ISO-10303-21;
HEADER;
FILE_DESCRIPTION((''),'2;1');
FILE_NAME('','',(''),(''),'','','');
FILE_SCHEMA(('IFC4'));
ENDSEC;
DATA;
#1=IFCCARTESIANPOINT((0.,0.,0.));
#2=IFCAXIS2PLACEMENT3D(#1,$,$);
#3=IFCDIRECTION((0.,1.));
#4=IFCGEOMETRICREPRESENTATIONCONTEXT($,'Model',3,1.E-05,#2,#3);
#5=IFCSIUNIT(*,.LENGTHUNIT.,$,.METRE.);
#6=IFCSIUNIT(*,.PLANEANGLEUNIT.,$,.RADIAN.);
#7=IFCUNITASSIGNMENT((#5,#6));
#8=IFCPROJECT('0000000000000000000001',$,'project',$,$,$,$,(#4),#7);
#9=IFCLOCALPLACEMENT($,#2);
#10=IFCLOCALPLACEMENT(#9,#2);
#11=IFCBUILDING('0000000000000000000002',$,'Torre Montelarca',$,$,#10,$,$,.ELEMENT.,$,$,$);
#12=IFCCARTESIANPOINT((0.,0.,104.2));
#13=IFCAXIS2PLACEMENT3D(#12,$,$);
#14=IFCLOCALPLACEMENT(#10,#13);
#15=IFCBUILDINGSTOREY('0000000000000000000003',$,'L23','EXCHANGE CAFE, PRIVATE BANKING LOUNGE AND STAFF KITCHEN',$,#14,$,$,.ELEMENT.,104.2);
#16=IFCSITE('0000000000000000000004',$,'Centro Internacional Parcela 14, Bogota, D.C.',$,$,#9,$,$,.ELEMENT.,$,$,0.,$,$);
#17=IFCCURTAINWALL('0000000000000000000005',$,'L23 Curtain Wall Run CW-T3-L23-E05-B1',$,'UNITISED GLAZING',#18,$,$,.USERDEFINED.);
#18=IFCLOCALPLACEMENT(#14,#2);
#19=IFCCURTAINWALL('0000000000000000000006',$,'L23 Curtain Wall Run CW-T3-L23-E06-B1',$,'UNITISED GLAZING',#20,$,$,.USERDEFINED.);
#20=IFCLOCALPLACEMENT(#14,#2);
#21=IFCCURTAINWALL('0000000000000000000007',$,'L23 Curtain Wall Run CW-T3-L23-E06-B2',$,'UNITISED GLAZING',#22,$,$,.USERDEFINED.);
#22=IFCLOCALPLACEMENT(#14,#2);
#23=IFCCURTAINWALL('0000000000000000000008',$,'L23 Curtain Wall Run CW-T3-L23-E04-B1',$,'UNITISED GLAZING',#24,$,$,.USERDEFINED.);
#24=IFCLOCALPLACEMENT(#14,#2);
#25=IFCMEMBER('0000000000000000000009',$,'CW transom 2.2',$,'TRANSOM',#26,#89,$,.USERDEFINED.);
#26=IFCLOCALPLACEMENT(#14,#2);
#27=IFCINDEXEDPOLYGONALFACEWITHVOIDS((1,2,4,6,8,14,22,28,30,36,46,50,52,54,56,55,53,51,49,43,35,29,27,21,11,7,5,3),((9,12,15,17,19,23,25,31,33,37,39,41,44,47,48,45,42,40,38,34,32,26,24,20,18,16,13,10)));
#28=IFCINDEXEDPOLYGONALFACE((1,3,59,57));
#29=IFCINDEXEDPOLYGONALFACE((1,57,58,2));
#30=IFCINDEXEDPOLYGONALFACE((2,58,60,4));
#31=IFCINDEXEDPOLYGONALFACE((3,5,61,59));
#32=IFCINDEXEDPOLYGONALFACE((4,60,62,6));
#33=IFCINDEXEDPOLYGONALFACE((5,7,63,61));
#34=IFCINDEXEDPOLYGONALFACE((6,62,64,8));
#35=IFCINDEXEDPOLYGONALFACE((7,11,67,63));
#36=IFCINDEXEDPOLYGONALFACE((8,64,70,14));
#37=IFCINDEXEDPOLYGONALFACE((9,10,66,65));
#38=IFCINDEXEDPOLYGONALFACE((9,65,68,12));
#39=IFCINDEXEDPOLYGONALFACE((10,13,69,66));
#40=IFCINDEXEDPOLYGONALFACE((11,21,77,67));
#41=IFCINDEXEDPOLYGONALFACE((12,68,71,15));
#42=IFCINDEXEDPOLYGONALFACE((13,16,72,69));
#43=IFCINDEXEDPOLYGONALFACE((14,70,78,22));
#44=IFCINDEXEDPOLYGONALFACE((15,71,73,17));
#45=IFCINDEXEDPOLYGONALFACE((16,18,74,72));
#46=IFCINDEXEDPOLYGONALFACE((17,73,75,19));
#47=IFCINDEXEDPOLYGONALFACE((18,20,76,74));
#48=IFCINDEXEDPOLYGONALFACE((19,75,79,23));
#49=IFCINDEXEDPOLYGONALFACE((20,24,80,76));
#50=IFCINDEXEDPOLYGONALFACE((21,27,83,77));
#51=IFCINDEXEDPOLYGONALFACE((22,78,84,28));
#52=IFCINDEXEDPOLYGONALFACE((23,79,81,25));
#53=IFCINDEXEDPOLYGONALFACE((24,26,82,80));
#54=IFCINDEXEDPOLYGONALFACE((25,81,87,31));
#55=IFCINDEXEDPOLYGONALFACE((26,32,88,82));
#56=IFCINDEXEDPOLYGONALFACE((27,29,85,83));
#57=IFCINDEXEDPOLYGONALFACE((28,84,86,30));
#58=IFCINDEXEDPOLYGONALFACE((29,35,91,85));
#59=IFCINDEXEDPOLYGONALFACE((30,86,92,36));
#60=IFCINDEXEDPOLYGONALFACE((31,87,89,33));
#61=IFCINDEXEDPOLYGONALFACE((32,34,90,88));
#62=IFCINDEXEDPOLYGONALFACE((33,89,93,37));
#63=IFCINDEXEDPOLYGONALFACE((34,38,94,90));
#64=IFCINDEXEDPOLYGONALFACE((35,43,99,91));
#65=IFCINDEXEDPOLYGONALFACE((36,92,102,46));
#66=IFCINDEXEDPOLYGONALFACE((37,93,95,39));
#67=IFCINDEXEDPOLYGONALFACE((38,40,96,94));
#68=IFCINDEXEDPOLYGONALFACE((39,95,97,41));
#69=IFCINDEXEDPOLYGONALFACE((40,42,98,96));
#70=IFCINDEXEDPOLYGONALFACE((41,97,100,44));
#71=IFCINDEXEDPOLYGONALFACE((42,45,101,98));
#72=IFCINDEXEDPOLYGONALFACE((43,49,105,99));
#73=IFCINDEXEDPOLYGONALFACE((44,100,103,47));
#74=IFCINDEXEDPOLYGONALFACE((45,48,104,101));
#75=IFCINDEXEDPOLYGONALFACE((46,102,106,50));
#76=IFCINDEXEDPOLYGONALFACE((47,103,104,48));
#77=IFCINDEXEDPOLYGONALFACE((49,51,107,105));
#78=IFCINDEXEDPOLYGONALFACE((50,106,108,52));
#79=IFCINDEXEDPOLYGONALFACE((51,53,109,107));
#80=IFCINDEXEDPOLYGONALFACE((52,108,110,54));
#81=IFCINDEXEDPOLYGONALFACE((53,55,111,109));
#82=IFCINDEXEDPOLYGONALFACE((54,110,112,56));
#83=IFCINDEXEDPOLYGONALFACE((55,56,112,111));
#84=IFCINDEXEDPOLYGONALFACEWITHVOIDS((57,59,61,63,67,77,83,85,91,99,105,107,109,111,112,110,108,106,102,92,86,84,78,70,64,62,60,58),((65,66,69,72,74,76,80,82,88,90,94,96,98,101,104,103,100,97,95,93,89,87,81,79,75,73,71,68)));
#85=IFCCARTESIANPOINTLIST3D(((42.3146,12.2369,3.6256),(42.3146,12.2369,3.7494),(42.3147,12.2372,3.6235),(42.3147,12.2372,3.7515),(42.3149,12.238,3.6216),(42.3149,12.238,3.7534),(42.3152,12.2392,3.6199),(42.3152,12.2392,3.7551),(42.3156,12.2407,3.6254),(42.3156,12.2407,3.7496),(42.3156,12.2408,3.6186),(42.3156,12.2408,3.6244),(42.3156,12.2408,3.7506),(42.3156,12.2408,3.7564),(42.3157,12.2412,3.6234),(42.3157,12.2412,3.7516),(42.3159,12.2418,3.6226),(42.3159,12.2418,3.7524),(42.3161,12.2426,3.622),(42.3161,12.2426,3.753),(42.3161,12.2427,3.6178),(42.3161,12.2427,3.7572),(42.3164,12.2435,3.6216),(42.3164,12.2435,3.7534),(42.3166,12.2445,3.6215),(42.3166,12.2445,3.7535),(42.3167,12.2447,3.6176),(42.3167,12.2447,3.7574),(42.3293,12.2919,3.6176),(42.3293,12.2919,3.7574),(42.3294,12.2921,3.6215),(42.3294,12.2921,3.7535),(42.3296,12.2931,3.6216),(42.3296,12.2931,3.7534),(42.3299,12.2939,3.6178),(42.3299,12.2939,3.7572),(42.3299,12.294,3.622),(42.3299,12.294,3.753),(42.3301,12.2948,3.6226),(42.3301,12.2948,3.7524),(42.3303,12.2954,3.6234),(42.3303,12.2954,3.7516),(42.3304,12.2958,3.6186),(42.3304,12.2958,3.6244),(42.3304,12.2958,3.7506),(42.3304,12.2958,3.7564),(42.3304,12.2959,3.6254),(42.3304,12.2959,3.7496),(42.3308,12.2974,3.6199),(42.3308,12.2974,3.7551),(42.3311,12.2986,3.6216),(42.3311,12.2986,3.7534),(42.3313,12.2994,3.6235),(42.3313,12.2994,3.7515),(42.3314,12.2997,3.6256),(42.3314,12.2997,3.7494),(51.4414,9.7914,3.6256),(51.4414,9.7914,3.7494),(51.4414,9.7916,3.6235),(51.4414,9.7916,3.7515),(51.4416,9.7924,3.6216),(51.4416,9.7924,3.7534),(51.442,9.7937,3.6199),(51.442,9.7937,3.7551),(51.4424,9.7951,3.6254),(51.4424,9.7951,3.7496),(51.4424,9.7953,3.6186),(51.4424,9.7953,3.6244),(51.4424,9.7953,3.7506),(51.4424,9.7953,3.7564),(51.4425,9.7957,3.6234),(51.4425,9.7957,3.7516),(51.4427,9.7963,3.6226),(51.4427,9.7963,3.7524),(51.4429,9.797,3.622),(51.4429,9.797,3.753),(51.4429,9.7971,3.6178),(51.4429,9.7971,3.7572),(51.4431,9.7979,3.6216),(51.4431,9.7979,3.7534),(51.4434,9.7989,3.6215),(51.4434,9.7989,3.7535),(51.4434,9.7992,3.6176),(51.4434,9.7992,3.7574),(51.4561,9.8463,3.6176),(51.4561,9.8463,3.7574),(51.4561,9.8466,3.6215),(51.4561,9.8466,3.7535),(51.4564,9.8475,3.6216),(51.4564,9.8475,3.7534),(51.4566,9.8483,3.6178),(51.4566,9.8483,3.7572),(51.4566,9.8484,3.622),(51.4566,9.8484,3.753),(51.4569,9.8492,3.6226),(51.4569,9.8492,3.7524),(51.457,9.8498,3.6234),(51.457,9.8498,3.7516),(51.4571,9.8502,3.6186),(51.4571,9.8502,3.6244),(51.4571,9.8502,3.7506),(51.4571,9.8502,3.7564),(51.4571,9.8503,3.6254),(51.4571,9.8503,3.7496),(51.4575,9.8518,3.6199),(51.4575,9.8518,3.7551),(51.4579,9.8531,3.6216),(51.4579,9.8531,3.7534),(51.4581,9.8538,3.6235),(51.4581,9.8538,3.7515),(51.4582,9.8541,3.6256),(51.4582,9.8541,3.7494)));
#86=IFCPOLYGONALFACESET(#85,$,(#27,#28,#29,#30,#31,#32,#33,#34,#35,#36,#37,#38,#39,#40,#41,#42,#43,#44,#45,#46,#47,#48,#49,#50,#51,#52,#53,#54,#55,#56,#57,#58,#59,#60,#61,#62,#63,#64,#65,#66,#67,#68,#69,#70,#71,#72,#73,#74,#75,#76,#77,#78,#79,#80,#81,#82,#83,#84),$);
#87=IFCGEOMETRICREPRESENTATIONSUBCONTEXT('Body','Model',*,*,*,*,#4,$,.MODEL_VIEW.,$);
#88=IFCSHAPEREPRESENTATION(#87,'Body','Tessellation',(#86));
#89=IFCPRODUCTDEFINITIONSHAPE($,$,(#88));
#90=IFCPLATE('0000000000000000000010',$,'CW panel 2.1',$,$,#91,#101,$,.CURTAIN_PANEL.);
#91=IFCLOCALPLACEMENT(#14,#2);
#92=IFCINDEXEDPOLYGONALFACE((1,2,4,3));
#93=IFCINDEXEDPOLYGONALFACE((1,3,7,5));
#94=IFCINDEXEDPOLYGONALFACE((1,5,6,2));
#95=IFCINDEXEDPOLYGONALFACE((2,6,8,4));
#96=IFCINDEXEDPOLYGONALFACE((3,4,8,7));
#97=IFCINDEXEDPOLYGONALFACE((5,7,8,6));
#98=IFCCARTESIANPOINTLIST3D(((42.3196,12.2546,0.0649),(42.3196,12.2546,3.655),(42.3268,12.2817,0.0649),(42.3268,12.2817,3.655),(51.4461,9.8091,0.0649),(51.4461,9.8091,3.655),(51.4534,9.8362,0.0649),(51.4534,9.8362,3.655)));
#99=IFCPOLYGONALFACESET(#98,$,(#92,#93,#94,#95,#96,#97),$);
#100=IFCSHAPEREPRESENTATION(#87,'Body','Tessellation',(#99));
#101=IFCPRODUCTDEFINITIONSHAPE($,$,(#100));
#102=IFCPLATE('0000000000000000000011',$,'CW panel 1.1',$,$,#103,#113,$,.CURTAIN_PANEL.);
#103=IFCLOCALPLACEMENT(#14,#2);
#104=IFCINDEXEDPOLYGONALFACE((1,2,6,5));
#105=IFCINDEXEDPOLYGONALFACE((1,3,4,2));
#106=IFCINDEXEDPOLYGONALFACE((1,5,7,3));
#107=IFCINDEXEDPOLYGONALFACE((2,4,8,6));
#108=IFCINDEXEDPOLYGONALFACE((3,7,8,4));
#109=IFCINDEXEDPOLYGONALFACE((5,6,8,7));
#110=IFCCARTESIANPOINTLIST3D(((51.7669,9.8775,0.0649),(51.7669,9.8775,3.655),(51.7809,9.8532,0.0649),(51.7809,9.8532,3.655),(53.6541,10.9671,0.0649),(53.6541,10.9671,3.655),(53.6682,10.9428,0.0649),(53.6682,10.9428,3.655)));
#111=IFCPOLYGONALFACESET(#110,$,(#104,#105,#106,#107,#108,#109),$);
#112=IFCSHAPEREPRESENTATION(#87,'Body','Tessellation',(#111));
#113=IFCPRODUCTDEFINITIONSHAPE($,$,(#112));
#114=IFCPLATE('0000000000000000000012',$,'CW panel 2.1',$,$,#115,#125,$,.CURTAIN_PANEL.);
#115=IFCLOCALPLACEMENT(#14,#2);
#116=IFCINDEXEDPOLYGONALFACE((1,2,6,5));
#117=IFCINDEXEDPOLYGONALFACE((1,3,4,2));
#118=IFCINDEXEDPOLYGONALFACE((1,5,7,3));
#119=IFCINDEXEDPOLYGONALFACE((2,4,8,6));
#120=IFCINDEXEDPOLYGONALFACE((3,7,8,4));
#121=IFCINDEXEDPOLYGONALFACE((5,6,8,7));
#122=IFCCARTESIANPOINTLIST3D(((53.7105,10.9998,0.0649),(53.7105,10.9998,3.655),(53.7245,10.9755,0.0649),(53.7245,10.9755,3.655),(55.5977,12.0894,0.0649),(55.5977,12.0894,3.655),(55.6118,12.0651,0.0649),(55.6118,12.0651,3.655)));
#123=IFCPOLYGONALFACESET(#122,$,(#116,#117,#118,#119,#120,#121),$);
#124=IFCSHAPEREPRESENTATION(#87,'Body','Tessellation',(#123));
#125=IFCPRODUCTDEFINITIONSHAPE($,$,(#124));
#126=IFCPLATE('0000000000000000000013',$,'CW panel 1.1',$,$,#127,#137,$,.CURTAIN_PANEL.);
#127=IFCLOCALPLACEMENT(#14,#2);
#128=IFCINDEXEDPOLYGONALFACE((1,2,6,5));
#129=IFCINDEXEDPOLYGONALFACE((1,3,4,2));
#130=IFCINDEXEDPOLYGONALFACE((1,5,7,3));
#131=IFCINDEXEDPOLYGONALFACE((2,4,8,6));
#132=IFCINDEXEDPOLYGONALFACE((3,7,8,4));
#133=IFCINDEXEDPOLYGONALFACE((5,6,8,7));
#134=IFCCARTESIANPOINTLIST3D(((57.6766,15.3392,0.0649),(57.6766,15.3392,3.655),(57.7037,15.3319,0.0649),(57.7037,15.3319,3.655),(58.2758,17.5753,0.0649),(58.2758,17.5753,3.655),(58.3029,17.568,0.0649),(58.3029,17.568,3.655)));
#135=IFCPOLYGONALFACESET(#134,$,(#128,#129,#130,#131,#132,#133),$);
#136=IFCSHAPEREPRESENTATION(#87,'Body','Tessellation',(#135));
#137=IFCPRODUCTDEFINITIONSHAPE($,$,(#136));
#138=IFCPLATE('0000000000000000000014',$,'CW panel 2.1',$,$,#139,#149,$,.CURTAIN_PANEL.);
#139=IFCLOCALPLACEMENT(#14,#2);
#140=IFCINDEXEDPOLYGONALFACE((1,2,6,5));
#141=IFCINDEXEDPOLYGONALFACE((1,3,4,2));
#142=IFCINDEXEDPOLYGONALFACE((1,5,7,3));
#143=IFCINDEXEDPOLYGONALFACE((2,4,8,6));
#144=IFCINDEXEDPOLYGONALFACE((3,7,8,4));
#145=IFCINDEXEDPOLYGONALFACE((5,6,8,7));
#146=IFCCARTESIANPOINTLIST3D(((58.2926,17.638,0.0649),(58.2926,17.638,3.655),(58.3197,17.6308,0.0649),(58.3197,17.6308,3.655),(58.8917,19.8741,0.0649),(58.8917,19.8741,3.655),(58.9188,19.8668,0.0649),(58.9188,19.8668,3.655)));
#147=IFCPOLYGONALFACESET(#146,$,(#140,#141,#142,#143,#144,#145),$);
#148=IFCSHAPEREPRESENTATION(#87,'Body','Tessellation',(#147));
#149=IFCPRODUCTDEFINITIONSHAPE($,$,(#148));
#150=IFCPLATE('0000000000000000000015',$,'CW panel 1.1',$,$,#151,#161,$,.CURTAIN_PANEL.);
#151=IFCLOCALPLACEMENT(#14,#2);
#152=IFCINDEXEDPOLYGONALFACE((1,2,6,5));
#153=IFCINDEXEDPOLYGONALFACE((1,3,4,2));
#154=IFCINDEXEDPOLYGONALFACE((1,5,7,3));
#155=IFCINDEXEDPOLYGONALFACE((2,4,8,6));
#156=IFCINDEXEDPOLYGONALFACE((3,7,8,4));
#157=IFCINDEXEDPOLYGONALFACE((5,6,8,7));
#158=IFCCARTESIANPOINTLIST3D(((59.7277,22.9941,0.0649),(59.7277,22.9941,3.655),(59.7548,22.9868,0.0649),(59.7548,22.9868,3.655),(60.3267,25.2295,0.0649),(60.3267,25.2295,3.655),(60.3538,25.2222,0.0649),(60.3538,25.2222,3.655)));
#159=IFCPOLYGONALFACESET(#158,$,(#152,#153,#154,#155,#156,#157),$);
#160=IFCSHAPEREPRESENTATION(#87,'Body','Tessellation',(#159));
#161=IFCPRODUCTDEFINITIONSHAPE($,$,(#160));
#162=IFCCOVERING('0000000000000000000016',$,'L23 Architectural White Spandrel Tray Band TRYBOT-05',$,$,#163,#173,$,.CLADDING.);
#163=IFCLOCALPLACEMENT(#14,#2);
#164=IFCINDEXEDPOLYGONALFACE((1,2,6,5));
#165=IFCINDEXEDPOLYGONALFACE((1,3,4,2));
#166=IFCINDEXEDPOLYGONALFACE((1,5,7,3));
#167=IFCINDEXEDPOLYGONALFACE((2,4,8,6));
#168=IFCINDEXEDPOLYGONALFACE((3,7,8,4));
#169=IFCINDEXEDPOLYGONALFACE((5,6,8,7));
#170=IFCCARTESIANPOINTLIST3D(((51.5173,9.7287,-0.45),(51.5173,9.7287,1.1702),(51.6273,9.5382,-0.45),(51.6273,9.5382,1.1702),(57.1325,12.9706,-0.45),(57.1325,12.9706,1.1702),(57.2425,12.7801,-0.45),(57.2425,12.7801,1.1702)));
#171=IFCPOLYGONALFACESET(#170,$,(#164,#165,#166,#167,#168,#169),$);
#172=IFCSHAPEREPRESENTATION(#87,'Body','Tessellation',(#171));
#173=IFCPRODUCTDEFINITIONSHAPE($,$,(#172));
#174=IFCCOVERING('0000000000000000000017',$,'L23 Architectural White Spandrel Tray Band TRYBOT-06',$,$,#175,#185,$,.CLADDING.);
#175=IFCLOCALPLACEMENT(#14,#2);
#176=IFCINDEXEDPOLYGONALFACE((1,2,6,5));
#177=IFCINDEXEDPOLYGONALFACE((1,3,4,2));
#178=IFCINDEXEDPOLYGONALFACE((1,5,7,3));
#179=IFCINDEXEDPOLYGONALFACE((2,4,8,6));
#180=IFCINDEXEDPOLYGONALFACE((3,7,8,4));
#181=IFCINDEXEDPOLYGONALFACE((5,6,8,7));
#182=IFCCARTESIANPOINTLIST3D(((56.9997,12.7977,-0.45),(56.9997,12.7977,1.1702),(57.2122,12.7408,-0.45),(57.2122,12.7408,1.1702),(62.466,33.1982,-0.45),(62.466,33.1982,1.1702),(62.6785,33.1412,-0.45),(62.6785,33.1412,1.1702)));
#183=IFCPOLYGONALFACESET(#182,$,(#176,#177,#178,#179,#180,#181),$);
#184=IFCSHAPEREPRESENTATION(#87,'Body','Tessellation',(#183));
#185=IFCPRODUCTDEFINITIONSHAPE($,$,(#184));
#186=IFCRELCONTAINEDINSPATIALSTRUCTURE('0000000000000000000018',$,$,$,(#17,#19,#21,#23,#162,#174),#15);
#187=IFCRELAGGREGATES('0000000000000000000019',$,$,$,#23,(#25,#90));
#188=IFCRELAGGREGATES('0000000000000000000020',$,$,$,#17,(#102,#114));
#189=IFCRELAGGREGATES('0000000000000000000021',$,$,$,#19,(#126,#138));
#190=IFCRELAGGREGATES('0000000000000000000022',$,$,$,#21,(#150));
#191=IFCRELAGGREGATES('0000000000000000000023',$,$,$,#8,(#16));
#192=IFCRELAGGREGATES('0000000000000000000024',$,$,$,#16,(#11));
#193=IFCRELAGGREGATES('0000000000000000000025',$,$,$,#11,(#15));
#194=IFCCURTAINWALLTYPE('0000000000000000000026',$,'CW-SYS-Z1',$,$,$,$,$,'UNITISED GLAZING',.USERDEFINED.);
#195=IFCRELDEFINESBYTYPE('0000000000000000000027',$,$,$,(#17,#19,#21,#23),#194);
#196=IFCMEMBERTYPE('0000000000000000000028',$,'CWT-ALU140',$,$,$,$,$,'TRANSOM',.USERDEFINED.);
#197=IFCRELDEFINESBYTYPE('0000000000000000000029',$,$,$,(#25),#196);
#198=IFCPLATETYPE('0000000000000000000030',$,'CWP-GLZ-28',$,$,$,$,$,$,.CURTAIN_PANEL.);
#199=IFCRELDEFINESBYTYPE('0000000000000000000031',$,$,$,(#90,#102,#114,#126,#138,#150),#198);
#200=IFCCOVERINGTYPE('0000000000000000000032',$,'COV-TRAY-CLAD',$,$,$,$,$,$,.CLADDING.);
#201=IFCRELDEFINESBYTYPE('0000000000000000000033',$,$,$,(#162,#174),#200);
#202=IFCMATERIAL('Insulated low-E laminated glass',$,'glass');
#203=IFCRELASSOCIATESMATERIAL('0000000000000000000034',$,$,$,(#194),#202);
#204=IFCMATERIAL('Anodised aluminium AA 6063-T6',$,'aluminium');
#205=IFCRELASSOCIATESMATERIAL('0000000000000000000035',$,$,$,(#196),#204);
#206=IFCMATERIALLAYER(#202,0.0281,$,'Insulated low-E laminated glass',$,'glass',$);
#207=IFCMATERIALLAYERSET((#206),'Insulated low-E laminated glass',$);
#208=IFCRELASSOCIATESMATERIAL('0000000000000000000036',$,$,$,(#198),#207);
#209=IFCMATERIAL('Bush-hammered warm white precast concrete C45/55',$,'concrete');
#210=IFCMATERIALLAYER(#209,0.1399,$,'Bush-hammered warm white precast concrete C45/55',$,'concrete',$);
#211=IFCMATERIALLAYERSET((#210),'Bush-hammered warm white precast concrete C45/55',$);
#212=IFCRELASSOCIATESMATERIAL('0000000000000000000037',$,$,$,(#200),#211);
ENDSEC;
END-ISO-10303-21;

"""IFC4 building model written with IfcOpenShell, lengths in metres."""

from ifc_helpers import new_model, si_unit, direction, frame, origin, origin_2d, place, context, subcontext, project, spatial, rectangle, hollow_rectangle, extrude, source, transform, mapped, material, layer, layer_set, material_profile, profile_set, type_object, element, aggregate, save


model = new_model("IFC4")

# Units and contexts
model_context = context("Model", 3, precision=1e-05, world=origin(), true_north=direction((0.0, 1.0)))
body_context = subcontext(model_context, "Body", "Model", "MODEL_VIEW")
ifc_project = project(units=[si_unit("LENGTHUNIT", "METRE"), si_unit("PLANEANGLEUNIT", "RADIAN")], contexts=[model_context])

# Site, building, storey
site_placement = place(None, origin())
site = spatial("IfcSite", under=ifc_project, at=site_placement, Name="Centro Internacional Parcela 14, Bogota, D.C.", CompositionType="ELEMENT", RefElevation=0.0)
building_placement = place(site_placement, origin())
building = spatial("IfcBuilding", under=site, at=building_placement, Name="Torre Montelarca", CompositionType="ELEMENT")
storey_placement = place(building_placement, frame((0.0, 0.0, 104.2)))
storey = spatial("IfcBuildingStorey", under=building, at=storey_placement, Name="L23", Description="EXCHANGE CAFE, PRIVATE BANKING LOUNGE AND STAFF KITCHEN", CompositionType="ELEMENT", Elevation=104.2)

# Curtain walls
ifc_material_1 = material(Name="Insulated low-E laminated glass", Category="glass")
curtain_wall_type = type_object("IfcCurtainWallType", Name="CW-SYS-Z1", ElementType="UNITISED GLAZING", PredefinedType="USERDEFINED", material=ifc_material_1)
curtain_wall_1_placement = place(storey_placement, origin())
curtain_wall_1 = element("IfcCurtainWall", 1, at=curtain_wall_1_placement, inside=storey, type_object=curtain_wall_type, Name="L23 Curtain Wall Run CW-T3-L23-E05-B1", ObjectType="UNITISED GLAZING", PredefinedType="USERDEFINED")
ifc_material_2 = material(Name="Anodised aluminium AA 6063-T6", Category="aluminium")
ifc_material_profile_1 = material_profile(ifc_material_2, hollow_rectangle(XDim=0.0649, YDim=0.1399, WallThickness=0.0039, InnerFilletRadius=0.0039, OuterFilletRadius=0.0081, at=origin_2d()), Name="ALU65X140X4", Category="aluminium")
ifc_profile_set_1 = profile_set([ifc_material_profile_1], Name="Anodised aluminium AA 6063-T6")
member_type_1 = type_object("IfcMemberType", Name="CWT-ALU140", ElementType="TRANSOM", PredefinedType="USERDEFINED", material=ifc_profile_set_1)
curtain_wall_2_placement = place(storey_placement, origin())
curtain_wall_2 = element("IfcCurtainWall", 2, at=curtain_wall_2_placement, inside=storey, type_object=curtain_wall_type, Name="L23 Curtain Wall Run CW-T3-L23-E06-B1", ObjectType="UNITISED GLAZING", PredefinedType="USERDEFINED")
curtain_wall_3_placement = place(storey_placement, origin())
curtain_wall_3 = element("IfcCurtainWall", 3, at=curtain_wall_3_placement, inside=storey, type_object=curtain_wall_type, Name="L23 Curtain Wall Run CW-T3-L23-E06-B2", ObjectType="UNITISED GLAZING", PredefinedType="USERDEFINED")

# Curtain wall
curtain_wall_4_placement = place(storey_placement, origin())
curtain_wall_4 = element("IfcCurtainWall", 4, at=curtain_wall_4_placement, inside=storey, type_object=curtain_wall_type, Name="L23 Curtain Wall Run CW-T3-L23-E04-B1", ObjectType="UNITISED GLAZING", PredefinedType="USERDEFINED")

# Member
shared_shape_1 = source(origin(), body_context, "Body", "SweptSolid", [
    extrude(hollow_rectangle(XDim=0.0649, YDim=0.1399, WallThickness=0.0039, InnerFilletRadius=0.0039, OuterFilletRadius=0.0081, at=origin_2d()), origin(), (0.0, 0.0, 1.0), 9.4487),
])
member_1_placement = place(storey_placement, frame((42.323, 12.2683, 3.6875), z_axis=(0.965924, -0.258825, 0.0), x_axis=(0.258825, 0.965924, 0.0)))
member_1 = element("IfcMember", 5, at=member_1_placement, type_object=member_type_1, Name="CW transom 2.2", ObjectType="TRANSOM", PredefinedType="USERDEFINED", context=body_context, shape_type="MappedRepresentation", body=[
    mapped(shared_shape_1, transform((0.0, 0.0, 0.0), scale=1.0)),
])

# Plates
ifc_layer_1 = layer(ifc_material_1, 0.0281, Name="Insulated low-E laminated glass", Category="glass")
ifc_layer_set_1 = layer_set([ifc_layer_1], Name="Insulated low-E laminated glass")
plate_type = type_object("IfcPlateType", Name="CWP-GLZ-28", PredefinedType="CURTAIN_PANEL", material=ifc_layer_set_1)
shared_shape_2 = source(origin(), body_context, "Body", "SweptSolid", [
    extrude(rectangle(XDim=9.4485, YDim=0.0281, at=origin_2d()), origin(), (0.0, 0.0, 1.0), 3.5901),
])
plate_1_placement = place(storey_placement, frame((46.8865, 11.0454, 0.0649), z_axis=(0.0, 0.0, 1.0), x_axis=(0.965925, -0.258823, 0.0)))
plate_1 = element("IfcPlate", 6, at=plate_1_placement, type_object=plate_type, Name="CW panel 2.1", PredefinedType="CURTAIN_PANEL", context=body_context, shape_type="MappedRepresentation", body=[
    mapped(shared_shape_2, transform((0.0, 0.0, 0.0), scale=1.0)),
])
aggregate(curtain_wall_4, [member_1, plate_1])
shared_shape_3 = source(origin(), body_context, "Body", "SweptSolid", [
    extrude(rectangle(XDim=2.1792, YDim=0.0281, at=origin_2d()), origin(), (0.0, 0.0, 1.0), 3.5901),
])
plate_2_placement = place(storey_placement, frame((52.7175, 10.4102, 0.0649), z_axis=(0.0, 0.0, 1.0), x_axis=(0.866024, 0.500003, 0.0)))
plate_2 = element("IfcPlate", 7, at=plate_2_placement, type_object=plate_type, Name="CW panel 1.1", PredefinedType="CURTAIN_PANEL", context=body_context, shape_type="MappedRepresentation", body=[
    mapped(shared_shape_3, transform((0.0, 0.0, 0.0), scale=1.0)),
])
plate_3_placement = place(storey_placement, frame((54.6611, 11.5325, 0.0649), z_axis=(0.0, 0.0, 1.0), x_axis=(0.866024, 0.500003, 0.0)))
plate_3 = element("IfcPlate", 8, at=plate_3_placement, type_object=plate_type, Name="CW panel 2.1", PredefinedType="CURTAIN_PANEL", context=body_context, shape_type="MappedRepresentation", body=[
    mapped(shared_shape_3, transform((0.0, 0.0, 0.0), scale=1.0)),
])
aggregate(curtain_wall_1, [plate_2, plate_3])
shared_shape_4 = source(origin(), body_context, "Body", "SweptSolid", [
    extrude(rectangle(XDim=2.3149, YDim=0.0281, at=origin_2d()), origin(), (0.0, 0.0, 1.0), 3.5901),
])
plate_4_placement = place(storey_placement, frame((57.9897, 16.4536, 0.0649), z_axis=(0.0, 0.0, 1.0), x_axis=(0.258813, 0.965927, 0.0)))
plate_4 = element("IfcPlate", 9, at=plate_4_placement, type_object=plate_type, Name="CW panel 1.1", PredefinedType="CURTAIN_PANEL", context=body_context, shape_type="MappedRepresentation", body=[
    mapped(shared_shape_4, transform((0.0, 0.0, 0.0), scale=1.0)),
])
plate_5_placement = place(storey_placement, frame((58.6057, 18.7524, 0.0649), z_axis=(0.0, 0.0, 1.0), x_axis=(0.258813, 0.965927, 0.0)))
plate_5 = element("IfcPlate", 10, at=plate_5_placement, type_object=plate_type, Name="CW panel 2.1", PredefinedType="CURTAIN_PANEL", context=body_context, shape_type="MappedRepresentation", body=[
    mapped(shared_shape_4, transform((0.0, 0.0, 0.0), scale=1.0)),
])
aggregate(curtain_wall_2, [plate_4, plate_5])
shared_shape_5 = source(origin(), body_context, "Body", "SweptSolid", [
    extrude(rectangle(XDim=2.3142, YDim=0.0281, at=origin_2d()), origin(), (0.0, 0.0, 1.0), 3.5901),
])
plate_6_placement = place(storey_placement, frame((60.0408, 24.1082, 0.0649), z_axis=(0.0, 0.0, 1.0), x_axis=(0.258829, 0.965923, 0.0)))
plate_6 = element("IfcPlate", 11, at=plate_6_placement, type_object=plate_type, Name="CW panel 1.1", PredefinedType="CURTAIN_PANEL", context=body_context, shape_type="MappedRepresentation", body=[
    mapped(shared_shape_5, transform((0.0, 0.0, 0.0), scale=1.0)),
])
aggregate(curtain_wall_3, [plate_6])

# Coverings
ifc_material_3 = material(Name="Bush-hammered warm white precast concrete C45/55", Category="concrete")
ifc_layer_2 = layer(ifc_material_3, 0.1399, Name="Bush-hammered warm white precast concrete C45/55", Category="concrete")
ifc_layer_set_2 = layer_set([ifc_layer_2], Name="Bush-hammered warm white precast concrete C45/55")
covering_type = type_object("IfcCoveringType", Name="COV-TRAY-CLAD", PredefinedType="CLADDING", material=ifc_layer_set_2)
shared_shape_6 = source(origin(), body_context, "Body", "SweptSolid", [
    extrude(rectangle(XDim=6.4839, YDim=0.22, at=origin_2d()), origin(), (0.0, 0.0, 1.0), 1.6201),
])
covering_1_placement = place(storey_placement, frame((54.3799, 11.2544, -0.45), z_axis=(0.0, 0.0, 1.0), x_axis=(0.866026, 0.499998, 0.0)))
element("IfcCovering", 12, at=covering_1_placement, inside=storey, type_object=covering_type, Name="L23 Architectural White Spandrel Tray Band TRYBOT-05", PredefinedType="CLADDING", context=body_context, shape_type="MappedRepresentation", body=[
    mapped(shared_shape_6, transform((0.0, 0.0, 0.0), scale=1.0)),
])
shared_shape_7 = source(origin(), body_context, "Body", "SweptSolid", [
    extrude(rectangle(XDim=21.1201, YDim=0.22, at=origin_2d()), origin(), (0.0, 0.0, 1.0), 1.6201),
])
covering_2_placement = place(storey_placement, frame((59.8391, 22.9695, -0.45), z_axis=(0.0, 0.0, 1.0), x_axis=(0.258819, 0.965926, 0.0)))
element("IfcCovering", 13, at=covering_2_placement, inside=storey, type_object=covering_type, Name="L23 Architectural White Spandrel Tray Band TRYBOT-06", PredefinedType="CLADDING", context=body_context, shape_type="MappedRepresentation", body=[
    mapped(shared_shape_7, transform((0.0, 0.0, 0.0), scale=1.0)),
])

save(model, "model.ifc")
